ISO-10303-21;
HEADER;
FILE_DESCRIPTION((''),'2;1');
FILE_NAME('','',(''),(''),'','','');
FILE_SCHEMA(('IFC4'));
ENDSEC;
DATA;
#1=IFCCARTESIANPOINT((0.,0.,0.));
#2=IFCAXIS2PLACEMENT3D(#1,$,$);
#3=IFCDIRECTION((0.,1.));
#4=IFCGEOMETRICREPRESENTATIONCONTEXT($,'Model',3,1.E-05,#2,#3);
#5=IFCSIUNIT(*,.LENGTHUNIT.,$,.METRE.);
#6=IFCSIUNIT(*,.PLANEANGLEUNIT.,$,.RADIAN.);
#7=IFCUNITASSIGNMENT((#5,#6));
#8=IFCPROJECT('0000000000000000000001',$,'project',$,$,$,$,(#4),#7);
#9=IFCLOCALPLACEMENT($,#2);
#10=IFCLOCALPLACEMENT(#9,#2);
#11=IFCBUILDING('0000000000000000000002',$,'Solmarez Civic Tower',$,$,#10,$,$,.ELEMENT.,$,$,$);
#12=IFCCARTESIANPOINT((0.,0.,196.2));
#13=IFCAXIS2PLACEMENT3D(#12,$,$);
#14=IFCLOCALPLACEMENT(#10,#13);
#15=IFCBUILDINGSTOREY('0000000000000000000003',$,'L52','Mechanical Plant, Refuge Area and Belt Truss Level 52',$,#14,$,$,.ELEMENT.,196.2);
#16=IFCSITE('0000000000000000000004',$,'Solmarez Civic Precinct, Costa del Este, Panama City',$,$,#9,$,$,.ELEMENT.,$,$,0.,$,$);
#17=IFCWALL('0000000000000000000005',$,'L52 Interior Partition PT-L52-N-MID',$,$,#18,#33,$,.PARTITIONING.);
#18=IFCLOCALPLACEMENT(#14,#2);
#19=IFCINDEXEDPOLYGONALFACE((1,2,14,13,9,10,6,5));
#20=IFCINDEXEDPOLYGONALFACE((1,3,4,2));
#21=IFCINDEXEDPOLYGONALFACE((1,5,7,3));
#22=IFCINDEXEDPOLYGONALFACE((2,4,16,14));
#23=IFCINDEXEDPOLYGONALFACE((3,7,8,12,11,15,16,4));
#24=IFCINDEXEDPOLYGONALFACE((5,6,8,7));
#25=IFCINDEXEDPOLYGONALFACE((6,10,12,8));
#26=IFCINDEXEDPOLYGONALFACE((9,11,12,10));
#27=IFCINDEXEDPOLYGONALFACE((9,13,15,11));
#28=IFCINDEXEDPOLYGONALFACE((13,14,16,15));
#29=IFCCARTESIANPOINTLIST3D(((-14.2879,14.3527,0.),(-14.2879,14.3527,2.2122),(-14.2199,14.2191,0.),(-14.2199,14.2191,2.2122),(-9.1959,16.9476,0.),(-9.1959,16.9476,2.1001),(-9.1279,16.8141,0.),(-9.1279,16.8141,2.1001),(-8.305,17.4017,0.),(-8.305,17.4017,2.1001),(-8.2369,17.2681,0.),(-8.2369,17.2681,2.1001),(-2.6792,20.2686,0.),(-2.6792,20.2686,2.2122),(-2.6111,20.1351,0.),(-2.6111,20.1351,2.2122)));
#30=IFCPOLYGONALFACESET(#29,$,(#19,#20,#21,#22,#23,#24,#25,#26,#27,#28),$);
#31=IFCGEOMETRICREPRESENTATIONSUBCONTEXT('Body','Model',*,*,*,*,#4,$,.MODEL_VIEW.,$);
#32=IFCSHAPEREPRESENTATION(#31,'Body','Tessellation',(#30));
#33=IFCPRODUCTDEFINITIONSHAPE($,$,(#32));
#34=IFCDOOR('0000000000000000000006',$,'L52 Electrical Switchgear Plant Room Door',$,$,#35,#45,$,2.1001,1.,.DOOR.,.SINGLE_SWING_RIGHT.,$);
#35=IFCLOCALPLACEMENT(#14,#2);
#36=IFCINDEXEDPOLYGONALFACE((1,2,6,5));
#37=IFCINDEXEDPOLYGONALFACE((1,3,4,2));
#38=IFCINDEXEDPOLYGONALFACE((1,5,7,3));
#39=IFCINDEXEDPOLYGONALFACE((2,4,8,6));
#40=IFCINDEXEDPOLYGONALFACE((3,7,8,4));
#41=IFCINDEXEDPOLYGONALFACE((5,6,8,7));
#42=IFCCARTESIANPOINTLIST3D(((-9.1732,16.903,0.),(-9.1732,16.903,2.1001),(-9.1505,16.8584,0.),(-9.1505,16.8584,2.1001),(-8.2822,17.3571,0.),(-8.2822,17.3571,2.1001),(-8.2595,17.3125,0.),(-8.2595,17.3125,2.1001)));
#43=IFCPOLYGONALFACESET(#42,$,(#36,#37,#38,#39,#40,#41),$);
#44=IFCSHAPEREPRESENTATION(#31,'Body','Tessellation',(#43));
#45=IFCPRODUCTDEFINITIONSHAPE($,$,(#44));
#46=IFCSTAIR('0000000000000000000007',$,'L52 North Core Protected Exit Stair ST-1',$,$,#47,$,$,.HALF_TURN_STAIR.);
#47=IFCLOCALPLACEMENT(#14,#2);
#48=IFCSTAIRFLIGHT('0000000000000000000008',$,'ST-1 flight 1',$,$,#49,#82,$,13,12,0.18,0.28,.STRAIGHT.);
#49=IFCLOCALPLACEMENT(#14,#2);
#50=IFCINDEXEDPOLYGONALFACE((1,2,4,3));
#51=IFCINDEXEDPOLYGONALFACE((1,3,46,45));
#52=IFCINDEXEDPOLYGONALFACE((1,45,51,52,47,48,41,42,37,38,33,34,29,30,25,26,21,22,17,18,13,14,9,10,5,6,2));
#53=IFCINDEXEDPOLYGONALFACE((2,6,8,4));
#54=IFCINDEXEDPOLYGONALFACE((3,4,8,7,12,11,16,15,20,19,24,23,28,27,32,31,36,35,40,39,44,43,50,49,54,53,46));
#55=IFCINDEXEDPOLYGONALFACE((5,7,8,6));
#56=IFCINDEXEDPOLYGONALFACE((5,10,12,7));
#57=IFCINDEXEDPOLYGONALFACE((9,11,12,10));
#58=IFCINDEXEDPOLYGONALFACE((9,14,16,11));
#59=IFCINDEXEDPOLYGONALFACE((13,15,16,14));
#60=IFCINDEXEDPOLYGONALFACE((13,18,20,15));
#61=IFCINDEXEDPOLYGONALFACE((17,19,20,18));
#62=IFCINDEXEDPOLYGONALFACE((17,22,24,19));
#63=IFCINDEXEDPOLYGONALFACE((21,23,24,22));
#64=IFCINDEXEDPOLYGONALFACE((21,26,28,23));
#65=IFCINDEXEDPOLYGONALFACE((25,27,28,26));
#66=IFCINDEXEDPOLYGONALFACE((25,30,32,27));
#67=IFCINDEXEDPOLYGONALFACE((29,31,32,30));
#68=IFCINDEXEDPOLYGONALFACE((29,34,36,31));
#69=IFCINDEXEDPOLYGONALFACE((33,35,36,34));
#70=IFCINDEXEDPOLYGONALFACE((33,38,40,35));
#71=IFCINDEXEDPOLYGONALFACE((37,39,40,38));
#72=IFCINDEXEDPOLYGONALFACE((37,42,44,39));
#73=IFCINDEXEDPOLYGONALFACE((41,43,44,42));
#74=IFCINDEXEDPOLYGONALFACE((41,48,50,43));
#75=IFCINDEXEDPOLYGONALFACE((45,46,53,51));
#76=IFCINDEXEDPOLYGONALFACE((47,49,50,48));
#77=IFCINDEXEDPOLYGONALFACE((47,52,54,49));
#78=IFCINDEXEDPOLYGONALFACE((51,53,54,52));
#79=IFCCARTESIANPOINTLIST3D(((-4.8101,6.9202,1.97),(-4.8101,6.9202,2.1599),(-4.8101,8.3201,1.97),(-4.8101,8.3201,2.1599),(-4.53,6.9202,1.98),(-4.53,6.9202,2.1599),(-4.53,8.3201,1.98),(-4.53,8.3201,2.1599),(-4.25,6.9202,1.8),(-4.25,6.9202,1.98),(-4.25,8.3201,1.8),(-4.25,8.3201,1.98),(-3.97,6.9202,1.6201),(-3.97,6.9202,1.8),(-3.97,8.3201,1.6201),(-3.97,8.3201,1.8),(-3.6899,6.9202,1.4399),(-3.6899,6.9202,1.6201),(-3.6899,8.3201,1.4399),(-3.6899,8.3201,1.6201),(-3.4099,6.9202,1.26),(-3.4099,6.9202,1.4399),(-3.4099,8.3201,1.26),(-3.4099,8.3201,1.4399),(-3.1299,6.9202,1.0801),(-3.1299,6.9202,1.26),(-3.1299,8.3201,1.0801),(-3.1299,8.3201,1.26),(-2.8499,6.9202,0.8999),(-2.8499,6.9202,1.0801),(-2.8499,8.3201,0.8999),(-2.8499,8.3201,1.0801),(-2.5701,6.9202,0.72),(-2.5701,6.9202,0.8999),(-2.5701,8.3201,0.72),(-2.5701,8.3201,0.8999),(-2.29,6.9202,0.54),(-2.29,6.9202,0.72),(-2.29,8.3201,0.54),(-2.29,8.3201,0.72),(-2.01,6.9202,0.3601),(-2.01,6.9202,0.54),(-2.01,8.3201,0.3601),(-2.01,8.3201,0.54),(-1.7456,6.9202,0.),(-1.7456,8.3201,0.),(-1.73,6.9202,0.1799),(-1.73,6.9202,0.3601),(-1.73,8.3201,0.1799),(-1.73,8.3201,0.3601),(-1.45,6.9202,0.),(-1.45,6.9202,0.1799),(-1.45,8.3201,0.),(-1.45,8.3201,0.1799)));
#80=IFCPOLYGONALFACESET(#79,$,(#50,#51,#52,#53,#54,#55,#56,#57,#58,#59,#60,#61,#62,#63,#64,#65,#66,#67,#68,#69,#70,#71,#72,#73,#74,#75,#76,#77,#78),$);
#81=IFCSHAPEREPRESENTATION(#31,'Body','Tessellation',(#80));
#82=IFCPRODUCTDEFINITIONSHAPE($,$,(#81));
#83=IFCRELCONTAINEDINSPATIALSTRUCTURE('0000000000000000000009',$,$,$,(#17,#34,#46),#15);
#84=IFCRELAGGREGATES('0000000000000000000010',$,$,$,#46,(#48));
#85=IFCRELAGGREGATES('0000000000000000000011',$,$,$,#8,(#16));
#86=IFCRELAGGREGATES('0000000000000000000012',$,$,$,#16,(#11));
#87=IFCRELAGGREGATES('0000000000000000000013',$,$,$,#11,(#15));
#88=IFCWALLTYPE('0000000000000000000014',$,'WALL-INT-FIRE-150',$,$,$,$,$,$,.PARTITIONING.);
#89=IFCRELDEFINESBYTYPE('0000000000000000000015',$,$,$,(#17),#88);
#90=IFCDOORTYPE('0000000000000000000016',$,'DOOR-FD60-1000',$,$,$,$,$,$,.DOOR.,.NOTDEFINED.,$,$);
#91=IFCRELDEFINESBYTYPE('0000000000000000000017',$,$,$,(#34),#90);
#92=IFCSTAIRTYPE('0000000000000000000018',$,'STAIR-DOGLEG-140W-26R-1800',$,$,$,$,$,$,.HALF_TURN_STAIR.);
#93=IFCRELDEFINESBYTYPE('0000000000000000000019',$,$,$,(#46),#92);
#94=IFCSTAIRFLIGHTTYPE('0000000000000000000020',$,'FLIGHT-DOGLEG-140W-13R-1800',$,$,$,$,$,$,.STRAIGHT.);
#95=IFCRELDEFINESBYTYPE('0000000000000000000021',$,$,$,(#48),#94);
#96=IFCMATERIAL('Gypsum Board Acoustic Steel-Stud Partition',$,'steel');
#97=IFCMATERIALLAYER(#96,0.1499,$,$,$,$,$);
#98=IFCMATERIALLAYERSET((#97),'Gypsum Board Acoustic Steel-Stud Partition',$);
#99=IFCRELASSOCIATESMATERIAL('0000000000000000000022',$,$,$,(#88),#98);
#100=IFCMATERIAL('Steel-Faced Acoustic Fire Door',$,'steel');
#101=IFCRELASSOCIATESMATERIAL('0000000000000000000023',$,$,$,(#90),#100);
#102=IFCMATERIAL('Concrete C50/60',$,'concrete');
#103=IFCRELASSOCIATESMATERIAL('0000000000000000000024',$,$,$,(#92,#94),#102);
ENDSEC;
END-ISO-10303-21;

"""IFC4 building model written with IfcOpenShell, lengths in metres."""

from ifc_helpers import new_model, si_unit, direction, frame, frame_2d, origin, place, context, subcontext, project, spatial, polyline, rectangle, outline, extrude, material, layer, layer_set, type_object, element, fill, aggregate, save


model = new_model("IFC4")

# Units and contexts
model_context = context("Model", 3, precision=1e-05, world=origin(), true_north=direction((0.0, 1.0)))
body_context = subcontext(model_context, "Body", "Model", "MODEL_VIEW")
ifc_project = project(units=[si_unit("LENGTHUNIT", "METRE"), si_unit("PLANEANGLEUNIT", "RADIAN")], contexts=[model_context])

# Site, building, storey
site_placement = place(None, origin())
site = spatial("IfcSite", under=ifc_project, at=site_placement, Name="Solmarez Civic Precinct, Costa del Este, Panama City", CompositionType="ELEMENT", RefElevation=0.0)
building_placement = place(site_placement, origin())
building = spatial("IfcBuilding", under=site, at=building_placement, Name="Solmarez Civic Tower", CompositionType="ELEMENT")
storey_placement = place(building_placement, frame((0.0, 0.0, 196.2)))
storey = spatial("IfcBuildingStorey", under=building, at=storey_placement, Name="L52", Description="Mechanical Plant, Refuge Area and Belt Truss Level 52", CompositionType="ELEMENT", Elevation=196.2)

# Shared definitions
ifc_material_1 = material(Name="Concrete C50/60", Category="concrete")

# Wall, opening, door
ifc_material_2 = material(Name="Gypsum Board Acoustic Steel-Stud Partition", Category="steel")
ifc_layer_1 = layer(ifc_material_2, 0.1499)
ifc_layer_set_1 = layer_set([ifc_layer_1], Name="Gypsum Board Acoustic Steel-Stud Partition")
wall_type_1 = type_object("IfcWallType", Name="WALL-INT-FIRE-150", PredefinedType="PARTITIONING", material=ifc_layer_set_1)
wall_1_placement = place(storey_placement, frame((-14.2539, 14.2859, 0.0), z_axis=(0.0, 0.0, 1.0), x_axis=(0.890976, 0.454051, 0.0)))
wall_1 = element("IfcWall", 1, at=wall_1_placement, inside=storey, type_object=wall_type_1, Name="L52 Interior Partition PT-L52-N-MID", PredefinedType="PARTITIONING", context=body_context, shape_type="SweptSolid", body=[
    extrude(rectangle(XDim=13.0293, YDim=0.1499, at=frame_2d((6.5146, 0.0))), origin(), (0.0, 0.0, 1.0), 2.2122),
])
opening_1_placement = place(wall_1_placement, frame((5.7151, 0.0, 0.0)))
opening_1 = element("IfcOpeningElement", 2, at=opening_1_placement, cuts=wall_1, PredefinedType="OPENING", context=body_context, shape_type="SweptSolid", body=[
    extrude(rectangle(XDim=1.0, YDim=2.1001, at=frame_2d((0.5, 1.05))), frame((0.0, 0.085, 0.0), z_axis=(0.0, -1.0, 0.0), x_axis=(1.0, 0.0, 0.0)), (0.0, 0.0, 1.0), 0.1699),
])
ifc_material_3 = material(Name="Steel-Faced Acoustic Fire Door", Category="steel")
door_type_1 = type_object("IfcDoorType", Name="DOOR-FD60-1000", OperationType="NOTDEFINED", PredefinedType="DOOR", material=ifc_material_3)
door_1_placement = place(opening_1_placement, origin())
door_1 = element("IfcDoor", 3, at=door_1_placement, inside=storey, type_object=door_type_1, Name="L52 Electrical Switchgear Plant Room Door", OperationType="SINGLE_SWING_RIGHT", OverallHeight=2.1001, OverallWidth=1.0, PredefinedType="DOOR", context=body_context, shape_type="SweptSolid", body=[
    extrude(rectangle(XDim=1.0, YDim=2.1001, at=frame_2d((0.5, 1.05))), frame((0.0, 0.0249, 0.0), z_axis=(0.0, -1.0, 0.0), x_axis=(1.0, 0.0, 0.0)), (0.0, 0.0, 1.0), 0.05),
])
fill(opening_1, door_1)

# Stair, stair flight
stair_type = type_object("IfcStairType", Name="STAIR-DOGLEG-140W-26R-1800", PredefinedType="HALF_TURN_STAIR", material=ifc_material_1)
stair_placement = place(storey_placement, origin())
stair = element("IfcStair", 4, at=stair_placement, inside=storey, type_object=stair_type, Name="L52 North Core Protected Exit Stair ST-1", PredefinedType="HALF_TURN_STAIR")
stair_flight_type = type_object("IfcStairFlightType", Name="FLIGHT-DOGLEG-140W-13R-1800", PredefinedType="STRAIGHT", material=ifc_material_1)
stair_flight_placement = place(storey_placement, frame((-1.45, 7.6201, 0.0), z_axis=(0.0, 0.0, 1.0), x_axis=(-1.0, 0.0, 0.0)))
stair_flight = element("IfcStairFlight", 5, at=stair_flight_placement, type_object=stair_flight_type, Name="ST-1 flight 1", NumberOfRisers=13, NumberOfTreads=12, PredefinedType="STRAIGHT", RiserHeight=0.18, TreadLength=0.28, context=body_context, shape_type="SweptSolid", body=[
    extrude(outline(polyline([(0.0, 0.0), (0.0, 0.1799), (0.28, 0.1799), (0.28, 0.3601), (0.5601, 0.3601), (0.5601, 0.54), (0.8401, 0.54), (0.8401, 0.72), (1.1201, 0.72), (1.1201, 0.8999), (1.3999, 0.8999), (1.3999, 1.0801), (1.6799, 1.0801), (1.6799, 1.26), (1.96, 1.26), (1.96, 1.4399), (2.24, 1.4399), (2.24, 1.6201), (2.52, 1.6201), (2.52, 1.8), (2.8, 1.8), (2.8, 1.98), (3.0801, 1.98), (3.0801, 2.1599), (3.3601, 2.1599), (3.3601, 2.3401), (3.3601, 1.97), (0.2957, 0.0), (0.0, 0.0)])), frame((0.0, 0.7, 0.0), z_axis=(0.0, -1.0, 0.0), x_axis=(1.0, 0.0, 0.0)), (0.0, 0.0, 1.0), 1.3999),
])
aggregate(stair, [stair_flight])

save(model, "model.ifc")
